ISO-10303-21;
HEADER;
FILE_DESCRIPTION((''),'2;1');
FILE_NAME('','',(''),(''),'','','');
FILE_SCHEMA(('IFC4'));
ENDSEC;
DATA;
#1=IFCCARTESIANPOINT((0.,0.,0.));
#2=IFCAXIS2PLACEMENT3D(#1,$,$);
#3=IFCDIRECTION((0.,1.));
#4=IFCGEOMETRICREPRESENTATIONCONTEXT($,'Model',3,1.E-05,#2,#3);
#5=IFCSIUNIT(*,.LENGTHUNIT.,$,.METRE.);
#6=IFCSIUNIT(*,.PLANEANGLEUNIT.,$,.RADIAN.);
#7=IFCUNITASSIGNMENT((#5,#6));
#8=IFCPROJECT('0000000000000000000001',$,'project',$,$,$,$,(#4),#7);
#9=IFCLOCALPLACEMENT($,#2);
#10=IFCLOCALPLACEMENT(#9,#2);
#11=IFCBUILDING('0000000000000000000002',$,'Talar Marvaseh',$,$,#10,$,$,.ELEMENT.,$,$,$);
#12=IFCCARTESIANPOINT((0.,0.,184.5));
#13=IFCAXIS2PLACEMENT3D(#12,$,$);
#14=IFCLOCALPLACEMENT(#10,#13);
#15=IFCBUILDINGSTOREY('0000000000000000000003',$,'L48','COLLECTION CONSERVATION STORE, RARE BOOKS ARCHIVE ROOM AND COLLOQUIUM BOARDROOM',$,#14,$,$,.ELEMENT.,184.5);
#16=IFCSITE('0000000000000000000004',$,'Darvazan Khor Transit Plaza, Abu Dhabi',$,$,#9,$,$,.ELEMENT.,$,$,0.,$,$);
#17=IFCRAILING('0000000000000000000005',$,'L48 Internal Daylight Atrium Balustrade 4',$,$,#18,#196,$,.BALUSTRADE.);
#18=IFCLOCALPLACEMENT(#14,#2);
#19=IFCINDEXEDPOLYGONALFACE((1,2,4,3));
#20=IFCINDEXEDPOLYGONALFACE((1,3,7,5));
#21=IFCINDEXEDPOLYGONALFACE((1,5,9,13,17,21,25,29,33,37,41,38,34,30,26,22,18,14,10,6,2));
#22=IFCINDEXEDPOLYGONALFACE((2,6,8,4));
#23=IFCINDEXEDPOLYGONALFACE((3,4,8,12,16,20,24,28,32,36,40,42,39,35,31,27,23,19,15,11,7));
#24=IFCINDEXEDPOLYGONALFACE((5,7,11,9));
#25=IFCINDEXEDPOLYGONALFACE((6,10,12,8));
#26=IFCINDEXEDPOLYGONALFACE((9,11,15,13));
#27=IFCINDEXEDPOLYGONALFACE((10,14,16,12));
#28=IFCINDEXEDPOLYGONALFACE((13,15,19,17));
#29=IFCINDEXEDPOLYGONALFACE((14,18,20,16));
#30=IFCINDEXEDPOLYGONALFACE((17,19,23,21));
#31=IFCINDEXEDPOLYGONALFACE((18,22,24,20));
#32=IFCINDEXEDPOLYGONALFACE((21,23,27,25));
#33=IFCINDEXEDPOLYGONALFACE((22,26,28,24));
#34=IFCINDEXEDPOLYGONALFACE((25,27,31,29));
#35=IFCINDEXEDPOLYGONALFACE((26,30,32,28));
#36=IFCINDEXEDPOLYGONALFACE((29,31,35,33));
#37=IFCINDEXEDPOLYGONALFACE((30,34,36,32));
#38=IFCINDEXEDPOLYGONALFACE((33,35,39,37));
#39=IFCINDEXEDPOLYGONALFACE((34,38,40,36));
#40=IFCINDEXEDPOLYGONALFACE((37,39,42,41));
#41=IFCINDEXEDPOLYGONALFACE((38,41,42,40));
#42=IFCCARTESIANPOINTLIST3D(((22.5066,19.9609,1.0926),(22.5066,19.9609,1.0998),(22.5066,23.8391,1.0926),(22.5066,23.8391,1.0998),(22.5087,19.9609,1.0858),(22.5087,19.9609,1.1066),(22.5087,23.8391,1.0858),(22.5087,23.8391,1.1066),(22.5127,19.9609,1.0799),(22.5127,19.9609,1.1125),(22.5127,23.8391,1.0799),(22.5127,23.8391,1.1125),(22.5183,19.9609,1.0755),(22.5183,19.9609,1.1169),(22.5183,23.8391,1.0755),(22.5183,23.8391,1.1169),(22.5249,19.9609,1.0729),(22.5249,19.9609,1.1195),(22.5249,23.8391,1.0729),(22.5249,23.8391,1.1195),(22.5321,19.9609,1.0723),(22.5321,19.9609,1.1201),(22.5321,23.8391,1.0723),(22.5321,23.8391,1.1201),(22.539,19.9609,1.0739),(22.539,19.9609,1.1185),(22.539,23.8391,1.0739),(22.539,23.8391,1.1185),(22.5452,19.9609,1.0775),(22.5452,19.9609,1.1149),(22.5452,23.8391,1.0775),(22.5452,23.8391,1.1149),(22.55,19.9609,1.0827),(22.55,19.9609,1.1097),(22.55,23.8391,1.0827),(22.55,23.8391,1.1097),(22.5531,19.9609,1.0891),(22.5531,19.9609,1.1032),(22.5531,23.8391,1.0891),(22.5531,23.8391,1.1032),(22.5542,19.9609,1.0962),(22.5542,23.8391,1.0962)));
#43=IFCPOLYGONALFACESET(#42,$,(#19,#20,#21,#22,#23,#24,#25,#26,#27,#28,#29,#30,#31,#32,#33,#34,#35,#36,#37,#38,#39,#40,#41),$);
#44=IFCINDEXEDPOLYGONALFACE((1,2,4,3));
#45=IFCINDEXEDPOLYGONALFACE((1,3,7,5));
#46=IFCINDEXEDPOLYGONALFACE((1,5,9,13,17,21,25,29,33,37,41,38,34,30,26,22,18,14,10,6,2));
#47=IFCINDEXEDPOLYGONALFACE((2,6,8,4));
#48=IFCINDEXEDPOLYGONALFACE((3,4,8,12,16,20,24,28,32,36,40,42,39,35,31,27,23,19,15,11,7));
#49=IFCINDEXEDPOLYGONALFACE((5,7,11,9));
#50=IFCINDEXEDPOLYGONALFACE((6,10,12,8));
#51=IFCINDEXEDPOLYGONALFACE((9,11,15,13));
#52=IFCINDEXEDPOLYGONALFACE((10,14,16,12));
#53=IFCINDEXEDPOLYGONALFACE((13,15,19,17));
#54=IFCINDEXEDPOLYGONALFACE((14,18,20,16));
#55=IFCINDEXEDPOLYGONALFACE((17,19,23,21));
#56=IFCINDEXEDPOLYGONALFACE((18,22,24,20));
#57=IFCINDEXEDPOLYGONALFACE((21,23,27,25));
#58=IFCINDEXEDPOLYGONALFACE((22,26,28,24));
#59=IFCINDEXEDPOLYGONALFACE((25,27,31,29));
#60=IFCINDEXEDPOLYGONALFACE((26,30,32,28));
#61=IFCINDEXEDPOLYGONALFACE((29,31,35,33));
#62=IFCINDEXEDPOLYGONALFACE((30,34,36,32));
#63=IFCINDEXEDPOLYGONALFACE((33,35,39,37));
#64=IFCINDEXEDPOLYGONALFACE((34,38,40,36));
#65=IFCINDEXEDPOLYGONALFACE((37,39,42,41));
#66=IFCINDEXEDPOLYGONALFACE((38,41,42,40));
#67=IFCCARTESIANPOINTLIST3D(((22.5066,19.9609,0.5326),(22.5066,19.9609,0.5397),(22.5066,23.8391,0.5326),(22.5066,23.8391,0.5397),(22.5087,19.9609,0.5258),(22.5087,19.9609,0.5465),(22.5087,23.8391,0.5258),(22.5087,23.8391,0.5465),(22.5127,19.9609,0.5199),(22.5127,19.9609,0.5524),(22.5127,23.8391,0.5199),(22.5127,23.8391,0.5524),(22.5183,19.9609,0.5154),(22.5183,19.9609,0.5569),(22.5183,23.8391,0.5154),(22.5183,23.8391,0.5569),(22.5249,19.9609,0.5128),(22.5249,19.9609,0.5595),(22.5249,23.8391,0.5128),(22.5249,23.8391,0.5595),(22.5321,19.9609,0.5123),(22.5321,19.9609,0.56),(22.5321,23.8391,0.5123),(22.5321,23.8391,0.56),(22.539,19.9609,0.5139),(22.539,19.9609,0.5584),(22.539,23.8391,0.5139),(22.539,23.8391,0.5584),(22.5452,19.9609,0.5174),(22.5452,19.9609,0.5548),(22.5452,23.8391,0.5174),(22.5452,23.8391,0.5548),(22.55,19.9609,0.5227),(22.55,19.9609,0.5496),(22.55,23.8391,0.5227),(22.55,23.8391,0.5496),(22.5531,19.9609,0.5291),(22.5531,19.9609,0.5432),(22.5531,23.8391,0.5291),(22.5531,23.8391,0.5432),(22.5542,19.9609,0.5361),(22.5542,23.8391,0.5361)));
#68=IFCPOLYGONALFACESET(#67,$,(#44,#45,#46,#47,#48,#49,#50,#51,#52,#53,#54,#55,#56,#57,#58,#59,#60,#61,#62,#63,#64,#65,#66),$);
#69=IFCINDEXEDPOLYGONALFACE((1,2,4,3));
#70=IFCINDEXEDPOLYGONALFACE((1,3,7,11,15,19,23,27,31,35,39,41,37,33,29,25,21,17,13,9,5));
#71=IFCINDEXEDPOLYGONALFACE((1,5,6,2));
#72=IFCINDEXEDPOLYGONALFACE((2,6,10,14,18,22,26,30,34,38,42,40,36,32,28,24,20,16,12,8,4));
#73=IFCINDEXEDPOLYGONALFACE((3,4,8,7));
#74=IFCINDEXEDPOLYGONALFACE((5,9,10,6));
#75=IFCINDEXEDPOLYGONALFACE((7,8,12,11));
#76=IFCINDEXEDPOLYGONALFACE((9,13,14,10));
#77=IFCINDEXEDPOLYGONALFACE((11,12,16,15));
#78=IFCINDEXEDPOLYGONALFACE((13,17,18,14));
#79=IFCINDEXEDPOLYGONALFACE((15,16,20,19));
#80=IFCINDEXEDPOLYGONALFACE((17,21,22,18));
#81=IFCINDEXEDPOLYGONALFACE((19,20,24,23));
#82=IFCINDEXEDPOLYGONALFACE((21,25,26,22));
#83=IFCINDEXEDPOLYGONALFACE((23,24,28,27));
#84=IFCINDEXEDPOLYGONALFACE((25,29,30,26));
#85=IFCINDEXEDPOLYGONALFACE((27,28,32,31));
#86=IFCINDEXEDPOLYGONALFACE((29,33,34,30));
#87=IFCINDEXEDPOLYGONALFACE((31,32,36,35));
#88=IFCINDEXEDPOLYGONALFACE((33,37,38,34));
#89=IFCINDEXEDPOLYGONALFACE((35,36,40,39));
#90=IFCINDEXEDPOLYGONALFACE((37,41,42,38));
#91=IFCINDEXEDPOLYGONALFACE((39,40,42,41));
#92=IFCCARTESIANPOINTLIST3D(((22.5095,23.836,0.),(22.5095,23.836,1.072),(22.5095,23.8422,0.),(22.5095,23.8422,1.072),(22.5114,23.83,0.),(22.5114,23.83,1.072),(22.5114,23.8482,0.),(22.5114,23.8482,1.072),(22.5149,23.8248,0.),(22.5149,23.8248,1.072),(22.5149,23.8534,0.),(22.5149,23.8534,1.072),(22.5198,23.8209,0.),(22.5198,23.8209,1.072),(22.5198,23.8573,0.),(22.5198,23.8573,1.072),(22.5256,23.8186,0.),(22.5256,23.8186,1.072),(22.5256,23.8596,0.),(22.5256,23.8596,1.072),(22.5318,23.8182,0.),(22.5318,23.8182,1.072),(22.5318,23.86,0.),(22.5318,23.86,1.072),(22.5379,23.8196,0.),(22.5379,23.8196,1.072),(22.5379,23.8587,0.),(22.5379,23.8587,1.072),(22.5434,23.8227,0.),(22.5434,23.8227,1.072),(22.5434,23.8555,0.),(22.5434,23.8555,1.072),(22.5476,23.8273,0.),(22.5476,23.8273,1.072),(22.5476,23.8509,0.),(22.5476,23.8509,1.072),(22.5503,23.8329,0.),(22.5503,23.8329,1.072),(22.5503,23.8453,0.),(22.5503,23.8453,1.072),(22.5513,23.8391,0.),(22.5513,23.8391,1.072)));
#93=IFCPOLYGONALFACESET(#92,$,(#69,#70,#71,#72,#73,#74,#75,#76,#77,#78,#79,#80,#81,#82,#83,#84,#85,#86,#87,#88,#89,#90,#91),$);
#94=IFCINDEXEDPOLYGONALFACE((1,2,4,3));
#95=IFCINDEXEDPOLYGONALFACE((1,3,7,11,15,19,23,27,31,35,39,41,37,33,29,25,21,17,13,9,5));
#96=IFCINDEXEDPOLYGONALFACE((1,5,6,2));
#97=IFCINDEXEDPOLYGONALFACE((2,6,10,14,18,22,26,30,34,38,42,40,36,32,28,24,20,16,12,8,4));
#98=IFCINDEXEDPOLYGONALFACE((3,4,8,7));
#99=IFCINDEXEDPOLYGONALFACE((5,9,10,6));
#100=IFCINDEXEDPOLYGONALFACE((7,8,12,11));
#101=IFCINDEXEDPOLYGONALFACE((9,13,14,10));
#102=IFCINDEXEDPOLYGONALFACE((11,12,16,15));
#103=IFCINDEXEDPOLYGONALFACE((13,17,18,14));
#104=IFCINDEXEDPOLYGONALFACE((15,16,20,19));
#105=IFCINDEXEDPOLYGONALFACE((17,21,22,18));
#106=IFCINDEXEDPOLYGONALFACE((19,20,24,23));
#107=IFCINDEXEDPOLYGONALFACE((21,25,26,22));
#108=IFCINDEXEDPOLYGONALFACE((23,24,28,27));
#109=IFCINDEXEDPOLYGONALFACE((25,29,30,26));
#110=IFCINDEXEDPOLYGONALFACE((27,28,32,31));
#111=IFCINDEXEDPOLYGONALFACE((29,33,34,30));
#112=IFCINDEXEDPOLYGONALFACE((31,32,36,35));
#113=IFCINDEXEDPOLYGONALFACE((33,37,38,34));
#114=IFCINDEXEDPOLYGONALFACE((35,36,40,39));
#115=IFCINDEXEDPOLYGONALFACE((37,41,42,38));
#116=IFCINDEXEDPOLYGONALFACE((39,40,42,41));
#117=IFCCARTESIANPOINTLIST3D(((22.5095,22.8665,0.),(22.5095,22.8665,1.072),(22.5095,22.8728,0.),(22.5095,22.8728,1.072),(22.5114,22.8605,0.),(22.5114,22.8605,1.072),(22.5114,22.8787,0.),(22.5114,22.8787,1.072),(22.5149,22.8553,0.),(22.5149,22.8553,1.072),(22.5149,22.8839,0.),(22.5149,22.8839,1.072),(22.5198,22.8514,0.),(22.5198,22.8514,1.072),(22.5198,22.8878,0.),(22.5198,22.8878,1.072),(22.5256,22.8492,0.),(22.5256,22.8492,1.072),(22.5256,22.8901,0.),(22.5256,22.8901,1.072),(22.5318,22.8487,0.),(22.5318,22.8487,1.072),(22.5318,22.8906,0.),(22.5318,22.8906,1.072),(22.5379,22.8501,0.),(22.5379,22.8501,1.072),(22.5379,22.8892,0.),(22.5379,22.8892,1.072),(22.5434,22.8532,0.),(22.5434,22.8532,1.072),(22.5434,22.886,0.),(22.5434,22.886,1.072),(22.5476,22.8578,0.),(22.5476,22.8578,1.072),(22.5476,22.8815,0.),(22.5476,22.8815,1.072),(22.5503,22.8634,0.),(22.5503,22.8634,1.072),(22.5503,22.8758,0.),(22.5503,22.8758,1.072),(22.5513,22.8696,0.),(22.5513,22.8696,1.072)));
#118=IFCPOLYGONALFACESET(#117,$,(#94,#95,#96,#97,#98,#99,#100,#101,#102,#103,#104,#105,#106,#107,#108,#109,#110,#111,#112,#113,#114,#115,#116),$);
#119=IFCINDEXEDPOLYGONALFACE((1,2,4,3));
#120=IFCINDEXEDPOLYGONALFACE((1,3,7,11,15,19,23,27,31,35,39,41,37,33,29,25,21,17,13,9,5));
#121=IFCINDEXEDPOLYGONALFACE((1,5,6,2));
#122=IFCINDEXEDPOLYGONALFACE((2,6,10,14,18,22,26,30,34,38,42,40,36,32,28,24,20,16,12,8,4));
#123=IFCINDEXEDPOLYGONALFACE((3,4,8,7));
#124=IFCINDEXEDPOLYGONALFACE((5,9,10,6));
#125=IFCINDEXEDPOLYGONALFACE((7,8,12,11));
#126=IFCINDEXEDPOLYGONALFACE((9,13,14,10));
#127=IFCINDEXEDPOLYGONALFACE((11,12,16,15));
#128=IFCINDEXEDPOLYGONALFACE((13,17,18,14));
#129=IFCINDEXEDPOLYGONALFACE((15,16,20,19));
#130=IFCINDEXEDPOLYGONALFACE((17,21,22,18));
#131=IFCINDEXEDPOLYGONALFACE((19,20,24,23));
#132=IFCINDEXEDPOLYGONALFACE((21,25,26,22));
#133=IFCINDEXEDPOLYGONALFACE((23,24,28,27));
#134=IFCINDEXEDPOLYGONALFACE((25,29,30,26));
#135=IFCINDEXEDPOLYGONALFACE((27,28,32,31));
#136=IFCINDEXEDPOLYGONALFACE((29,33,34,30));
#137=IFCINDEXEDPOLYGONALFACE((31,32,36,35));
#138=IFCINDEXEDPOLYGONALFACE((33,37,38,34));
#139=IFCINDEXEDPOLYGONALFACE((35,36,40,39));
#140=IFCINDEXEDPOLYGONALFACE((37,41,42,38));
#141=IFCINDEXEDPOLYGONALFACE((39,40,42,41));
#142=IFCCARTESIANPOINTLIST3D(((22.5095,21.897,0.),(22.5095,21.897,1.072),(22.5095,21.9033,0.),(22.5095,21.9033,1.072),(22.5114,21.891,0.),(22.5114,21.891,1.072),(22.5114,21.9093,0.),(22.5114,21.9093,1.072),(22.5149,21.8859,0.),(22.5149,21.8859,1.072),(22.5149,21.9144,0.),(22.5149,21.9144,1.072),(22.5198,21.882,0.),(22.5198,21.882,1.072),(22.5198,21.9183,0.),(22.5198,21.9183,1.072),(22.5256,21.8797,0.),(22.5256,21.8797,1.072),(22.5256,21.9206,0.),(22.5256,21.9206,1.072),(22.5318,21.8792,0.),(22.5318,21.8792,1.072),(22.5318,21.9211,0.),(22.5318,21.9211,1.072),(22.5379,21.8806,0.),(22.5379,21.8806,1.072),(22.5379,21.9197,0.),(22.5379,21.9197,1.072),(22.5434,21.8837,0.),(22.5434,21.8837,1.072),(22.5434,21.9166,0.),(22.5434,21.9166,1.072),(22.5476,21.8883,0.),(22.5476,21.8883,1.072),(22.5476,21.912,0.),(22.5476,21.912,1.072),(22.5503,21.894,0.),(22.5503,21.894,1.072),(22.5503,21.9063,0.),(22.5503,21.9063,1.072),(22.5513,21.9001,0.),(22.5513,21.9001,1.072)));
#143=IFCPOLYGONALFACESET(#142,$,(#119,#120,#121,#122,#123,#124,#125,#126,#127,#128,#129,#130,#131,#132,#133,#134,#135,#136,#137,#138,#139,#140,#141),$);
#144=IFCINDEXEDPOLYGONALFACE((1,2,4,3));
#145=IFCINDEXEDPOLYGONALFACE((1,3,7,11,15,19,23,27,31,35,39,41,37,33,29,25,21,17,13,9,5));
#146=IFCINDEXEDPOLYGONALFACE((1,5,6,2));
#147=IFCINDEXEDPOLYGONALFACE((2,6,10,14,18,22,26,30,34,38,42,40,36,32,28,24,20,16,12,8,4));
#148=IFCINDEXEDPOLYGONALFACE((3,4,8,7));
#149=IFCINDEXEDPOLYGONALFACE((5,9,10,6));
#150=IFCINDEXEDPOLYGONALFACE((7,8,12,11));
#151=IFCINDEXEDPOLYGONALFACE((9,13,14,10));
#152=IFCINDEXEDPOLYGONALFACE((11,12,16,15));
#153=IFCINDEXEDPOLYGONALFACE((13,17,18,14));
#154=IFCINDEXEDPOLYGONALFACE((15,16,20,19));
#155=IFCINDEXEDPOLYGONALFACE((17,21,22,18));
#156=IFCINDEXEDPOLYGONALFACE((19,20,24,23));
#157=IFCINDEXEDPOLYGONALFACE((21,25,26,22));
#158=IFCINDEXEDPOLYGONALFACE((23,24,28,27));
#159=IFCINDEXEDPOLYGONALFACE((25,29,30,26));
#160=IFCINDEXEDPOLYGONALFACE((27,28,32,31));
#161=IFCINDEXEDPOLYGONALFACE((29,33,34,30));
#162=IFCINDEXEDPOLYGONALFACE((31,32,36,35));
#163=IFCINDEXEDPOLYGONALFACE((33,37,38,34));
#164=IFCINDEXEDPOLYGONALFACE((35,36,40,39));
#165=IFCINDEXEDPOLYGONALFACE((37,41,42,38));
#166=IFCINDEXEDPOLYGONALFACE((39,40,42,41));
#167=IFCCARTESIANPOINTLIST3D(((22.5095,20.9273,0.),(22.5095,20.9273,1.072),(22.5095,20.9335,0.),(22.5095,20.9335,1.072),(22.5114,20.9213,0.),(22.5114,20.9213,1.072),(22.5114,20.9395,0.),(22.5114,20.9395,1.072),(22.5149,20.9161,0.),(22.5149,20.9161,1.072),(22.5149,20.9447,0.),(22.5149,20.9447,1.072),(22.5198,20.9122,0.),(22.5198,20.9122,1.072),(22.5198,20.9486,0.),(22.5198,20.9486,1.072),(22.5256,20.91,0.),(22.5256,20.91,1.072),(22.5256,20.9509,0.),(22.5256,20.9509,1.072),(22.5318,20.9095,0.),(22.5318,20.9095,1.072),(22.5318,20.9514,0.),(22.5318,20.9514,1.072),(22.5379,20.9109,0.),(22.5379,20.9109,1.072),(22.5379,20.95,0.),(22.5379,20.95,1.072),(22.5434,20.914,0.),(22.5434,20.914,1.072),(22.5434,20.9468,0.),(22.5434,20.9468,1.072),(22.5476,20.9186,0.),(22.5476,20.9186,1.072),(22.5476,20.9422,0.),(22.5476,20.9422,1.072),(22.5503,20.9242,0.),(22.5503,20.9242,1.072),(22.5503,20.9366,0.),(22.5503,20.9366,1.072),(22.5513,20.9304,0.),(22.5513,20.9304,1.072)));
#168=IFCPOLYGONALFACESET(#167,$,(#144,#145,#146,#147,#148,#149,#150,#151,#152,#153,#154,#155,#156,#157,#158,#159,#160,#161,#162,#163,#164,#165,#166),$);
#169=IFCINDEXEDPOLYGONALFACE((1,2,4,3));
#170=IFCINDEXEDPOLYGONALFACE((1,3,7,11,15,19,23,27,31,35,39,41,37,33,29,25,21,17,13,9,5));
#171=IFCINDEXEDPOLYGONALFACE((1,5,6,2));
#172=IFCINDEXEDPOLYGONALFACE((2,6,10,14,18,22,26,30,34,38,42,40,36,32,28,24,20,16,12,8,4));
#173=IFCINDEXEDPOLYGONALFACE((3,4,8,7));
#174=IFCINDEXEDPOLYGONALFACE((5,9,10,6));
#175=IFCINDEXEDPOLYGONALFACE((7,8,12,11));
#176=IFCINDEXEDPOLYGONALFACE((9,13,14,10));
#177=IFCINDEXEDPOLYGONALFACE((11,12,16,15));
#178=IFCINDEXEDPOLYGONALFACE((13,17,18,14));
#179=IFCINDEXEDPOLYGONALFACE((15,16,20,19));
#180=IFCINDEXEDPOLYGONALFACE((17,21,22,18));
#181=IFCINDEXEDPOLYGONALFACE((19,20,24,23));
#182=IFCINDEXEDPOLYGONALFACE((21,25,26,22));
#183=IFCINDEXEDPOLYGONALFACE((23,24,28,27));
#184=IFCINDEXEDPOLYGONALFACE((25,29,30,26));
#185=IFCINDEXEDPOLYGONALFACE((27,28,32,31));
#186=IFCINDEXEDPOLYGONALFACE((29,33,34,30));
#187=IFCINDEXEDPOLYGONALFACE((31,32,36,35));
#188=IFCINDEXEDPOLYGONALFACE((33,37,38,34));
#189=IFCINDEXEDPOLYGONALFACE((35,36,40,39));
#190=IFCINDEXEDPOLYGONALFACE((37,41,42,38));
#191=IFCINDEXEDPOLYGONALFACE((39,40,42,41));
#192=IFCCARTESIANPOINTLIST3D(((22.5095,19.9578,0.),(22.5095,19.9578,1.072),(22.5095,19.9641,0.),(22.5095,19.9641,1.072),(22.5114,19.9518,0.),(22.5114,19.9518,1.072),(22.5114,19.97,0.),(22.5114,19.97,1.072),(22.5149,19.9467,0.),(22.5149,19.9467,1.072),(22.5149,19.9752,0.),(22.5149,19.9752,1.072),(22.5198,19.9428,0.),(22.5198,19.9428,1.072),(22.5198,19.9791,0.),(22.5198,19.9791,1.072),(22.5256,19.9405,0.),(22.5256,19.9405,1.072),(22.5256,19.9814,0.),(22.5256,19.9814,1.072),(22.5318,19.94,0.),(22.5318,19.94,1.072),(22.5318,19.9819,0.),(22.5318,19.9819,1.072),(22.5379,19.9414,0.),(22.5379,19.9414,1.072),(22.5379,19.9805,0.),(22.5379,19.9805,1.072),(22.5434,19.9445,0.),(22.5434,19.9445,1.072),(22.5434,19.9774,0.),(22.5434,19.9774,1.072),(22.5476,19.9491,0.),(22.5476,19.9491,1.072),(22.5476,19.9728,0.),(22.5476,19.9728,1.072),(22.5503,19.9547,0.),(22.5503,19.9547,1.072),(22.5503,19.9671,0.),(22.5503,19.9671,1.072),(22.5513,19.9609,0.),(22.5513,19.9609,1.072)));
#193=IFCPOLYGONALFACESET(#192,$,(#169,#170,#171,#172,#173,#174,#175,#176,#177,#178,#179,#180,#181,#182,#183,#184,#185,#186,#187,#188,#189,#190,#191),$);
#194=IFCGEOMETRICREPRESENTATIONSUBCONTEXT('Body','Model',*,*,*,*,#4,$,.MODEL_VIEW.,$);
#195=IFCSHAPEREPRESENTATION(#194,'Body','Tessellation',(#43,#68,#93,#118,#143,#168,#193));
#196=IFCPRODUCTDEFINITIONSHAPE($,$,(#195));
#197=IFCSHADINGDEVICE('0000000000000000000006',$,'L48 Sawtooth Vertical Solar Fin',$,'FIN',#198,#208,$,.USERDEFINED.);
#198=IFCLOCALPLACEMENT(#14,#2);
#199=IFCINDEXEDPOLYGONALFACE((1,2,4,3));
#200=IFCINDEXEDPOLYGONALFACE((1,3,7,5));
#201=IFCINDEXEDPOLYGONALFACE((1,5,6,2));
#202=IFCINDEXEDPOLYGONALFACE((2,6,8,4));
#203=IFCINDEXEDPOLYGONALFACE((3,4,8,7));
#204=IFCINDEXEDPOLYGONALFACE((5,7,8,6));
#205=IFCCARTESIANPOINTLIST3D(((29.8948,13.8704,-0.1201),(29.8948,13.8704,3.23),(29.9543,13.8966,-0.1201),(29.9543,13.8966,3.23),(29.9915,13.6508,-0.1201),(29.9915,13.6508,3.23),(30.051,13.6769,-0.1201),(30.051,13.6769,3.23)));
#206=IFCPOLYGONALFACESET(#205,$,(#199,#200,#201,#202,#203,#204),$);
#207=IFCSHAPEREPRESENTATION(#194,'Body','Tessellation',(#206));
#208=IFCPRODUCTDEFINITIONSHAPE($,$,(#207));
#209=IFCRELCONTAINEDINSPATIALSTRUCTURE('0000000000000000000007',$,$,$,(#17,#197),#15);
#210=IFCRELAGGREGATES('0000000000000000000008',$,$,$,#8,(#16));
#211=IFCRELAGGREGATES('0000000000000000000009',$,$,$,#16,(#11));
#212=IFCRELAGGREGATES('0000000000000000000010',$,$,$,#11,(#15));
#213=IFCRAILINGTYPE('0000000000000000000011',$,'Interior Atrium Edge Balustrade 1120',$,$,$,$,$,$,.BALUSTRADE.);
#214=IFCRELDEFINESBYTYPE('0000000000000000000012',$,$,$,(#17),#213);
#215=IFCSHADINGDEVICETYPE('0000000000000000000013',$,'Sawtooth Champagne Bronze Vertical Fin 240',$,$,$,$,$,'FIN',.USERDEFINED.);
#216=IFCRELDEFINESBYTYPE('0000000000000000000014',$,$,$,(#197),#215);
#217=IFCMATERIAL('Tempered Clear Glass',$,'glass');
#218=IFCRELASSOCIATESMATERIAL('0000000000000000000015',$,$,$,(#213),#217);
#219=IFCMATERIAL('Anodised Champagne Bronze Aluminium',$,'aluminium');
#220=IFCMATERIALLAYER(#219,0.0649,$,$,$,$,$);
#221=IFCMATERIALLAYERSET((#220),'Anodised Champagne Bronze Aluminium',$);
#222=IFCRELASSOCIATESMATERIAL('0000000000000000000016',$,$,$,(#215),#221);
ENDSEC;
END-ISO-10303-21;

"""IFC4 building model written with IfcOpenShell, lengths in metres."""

from ifc_helpers import new_model, si_unit, direction, frame, origin, origin_2d, place, context, subcontext, project, spatial, rectangle, circle, extrude, source, transform, mapped, material, layer, layer_set, type_object, type_shapes, element, save


model = new_model("IFC4")

# Units and contexts
model_context = context("Model", 3, precision=1e-05, world=origin(), true_north=direction((0.0, 1.0)))
body_context = subcontext(model_context, "Body", "Model", "MODEL_VIEW")
ifc_project = project(units=[si_unit("LENGTHUNIT", "METRE"), si_unit("PLANEANGLEUNIT", "RADIAN")], contexts=[model_context])

# Site, building, storey
site_placement = place(None, origin())
site = spatial("IfcSite", under=ifc_project, at=site_placement, Name="Darvazan Khor Transit Plaza, Abu Dhabi", CompositionType="ELEMENT", RefElevation=0.0)
building_placement = place(site_placement, origin())
building = spatial("IfcBuilding", under=site, at=building_placement, Name="Talar Marvaseh", CompositionType="ELEMENT")
storey_placement = place(building_placement, frame((0.0, 0.0, 184.5)))
storey = spatial("IfcBuildingStorey", under=building, at=storey_placement, Name="L48", Description="COLLECTION CONSERVATION STORE, RARE BOOKS ARCHIVE ROOM AND COLLOQUIUM BOARDROOM", CompositionType="ELEMENT", Elevation=184.5)

# Railing
ifc_material_1 = material(Name="Tempered Clear Glass", Category="glass")
railing_type = type_object("IfcRailingType", Name="Interior Atrium Edge Balustrade 1120", PredefinedType="BALUSTRADE", material=ifc_material_1)
railing_1_placement = place(storey_placement, frame((22.5303, 23.8391, 0.0)))
element("IfcRailing", 1, at=railing_1_placement, inside=storey, type_object=railing_type, Name="L48 Internal Daylight Atrium Balustrade 4", PredefinedType="BALUSTRADE", context=body_context, shape_type="SweptSolid", body=[
    extrude(circle(Radius=0.0239, at=origin_2d()), frame((0.0, 0.0, 1.0962), z_axis=(0.0, -1.0, 0.0), x_axis=(1.0, 0.0, 0.0)), (0.0, 0.0, 1.0), 3.8782),
    extrude(circle(Radius=0.0239, at=origin_2d()), frame((0.0, 0.0, 0.5361), z_axis=(0.0, -1.0, 0.0), x_axis=(1.0, 0.0, 0.0)), (0.0, 0.0, 1.0), 3.8782),
    extrude(circle(Radius=0.021, at=origin_2d()), origin(), (0.0, 0.0, 1.0), 1.072),
    extrude(circle(Radius=0.021, at=origin_2d()), frame((0.0, -0.9695, 0.0)), (0.0, 0.0, 1.0), 1.072),
    extrude(circle(Radius=0.021, at=origin_2d()), frame((0.0, -1.939, 0.0)), (0.0, 0.0, 1.0), 1.072),
    extrude(circle(Radius=0.021, at=origin_2d()), frame((0.0, -2.9087, 0.0)), (0.0, 0.0, 1.0), 1.072),
    extrude(circle(Radius=0.021, at=origin_2d()), frame((0.0, -3.8782, 0.0)), (0.0, 0.0, 1.0), 1.072),
])

# Shading device
ifc_material_2 = material(Name="Anodised Champagne Bronze Aluminium", Category="aluminium")
ifc_layer_1 = layer(ifc_material_2, 0.0649)
ifc_layer_set_1 = layer_set([ifc_layer_1], Name="Anodised Champagne Bronze Aluminium")
shading_device_type = type_object("IfcShadingDeviceType", Name="Sawtooth Champagne Bronze Vertical Fin 240", ElementType="FIN", PredefinedType="USERDEFINED", material=ifc_layer_set_1)
shared_shape_1 = source(origin(), body_context, "Body", "SweptSolid", [
    extrude(rectangle(XDim=0.24, YDim=0.0649, at=origin_2d()), origin(), (0.0, 0.0, 1.0), 3.3501),
])
type_shapes(shading_device_type, [shared_shape_1])
for number, where, z_axis, x_axis, name in (
    (2, (29.9729, 13.7737, -0.1201), (0.0, 0.0, 1.0), (0.402906, -0.915241, 0.0), "L48 Sawtooth Vertical Solar Fin"),
):
    element("IfcShadingDevice", number, at=place(storey_placement, frame(where, z_axis=z_axis, x_axis=x_axis)), inside=storey, type_object=shading_device_type, Name=name, ObjectType="FIN", PredefinedType="USERDEFINED", context=body_context, shape_type="MappedRepresentation", body=[
        mapped(shared_shape_1, transform((0.0, 0.0, 0.0), x_axis=(1.0, 0.0, 0.0), y_axis=(0.0, 1.0, 0.0), z_axis=(0.0, 0.0, 1.0), scale=1.0)),
    ])

save(model, "model.ifc")
